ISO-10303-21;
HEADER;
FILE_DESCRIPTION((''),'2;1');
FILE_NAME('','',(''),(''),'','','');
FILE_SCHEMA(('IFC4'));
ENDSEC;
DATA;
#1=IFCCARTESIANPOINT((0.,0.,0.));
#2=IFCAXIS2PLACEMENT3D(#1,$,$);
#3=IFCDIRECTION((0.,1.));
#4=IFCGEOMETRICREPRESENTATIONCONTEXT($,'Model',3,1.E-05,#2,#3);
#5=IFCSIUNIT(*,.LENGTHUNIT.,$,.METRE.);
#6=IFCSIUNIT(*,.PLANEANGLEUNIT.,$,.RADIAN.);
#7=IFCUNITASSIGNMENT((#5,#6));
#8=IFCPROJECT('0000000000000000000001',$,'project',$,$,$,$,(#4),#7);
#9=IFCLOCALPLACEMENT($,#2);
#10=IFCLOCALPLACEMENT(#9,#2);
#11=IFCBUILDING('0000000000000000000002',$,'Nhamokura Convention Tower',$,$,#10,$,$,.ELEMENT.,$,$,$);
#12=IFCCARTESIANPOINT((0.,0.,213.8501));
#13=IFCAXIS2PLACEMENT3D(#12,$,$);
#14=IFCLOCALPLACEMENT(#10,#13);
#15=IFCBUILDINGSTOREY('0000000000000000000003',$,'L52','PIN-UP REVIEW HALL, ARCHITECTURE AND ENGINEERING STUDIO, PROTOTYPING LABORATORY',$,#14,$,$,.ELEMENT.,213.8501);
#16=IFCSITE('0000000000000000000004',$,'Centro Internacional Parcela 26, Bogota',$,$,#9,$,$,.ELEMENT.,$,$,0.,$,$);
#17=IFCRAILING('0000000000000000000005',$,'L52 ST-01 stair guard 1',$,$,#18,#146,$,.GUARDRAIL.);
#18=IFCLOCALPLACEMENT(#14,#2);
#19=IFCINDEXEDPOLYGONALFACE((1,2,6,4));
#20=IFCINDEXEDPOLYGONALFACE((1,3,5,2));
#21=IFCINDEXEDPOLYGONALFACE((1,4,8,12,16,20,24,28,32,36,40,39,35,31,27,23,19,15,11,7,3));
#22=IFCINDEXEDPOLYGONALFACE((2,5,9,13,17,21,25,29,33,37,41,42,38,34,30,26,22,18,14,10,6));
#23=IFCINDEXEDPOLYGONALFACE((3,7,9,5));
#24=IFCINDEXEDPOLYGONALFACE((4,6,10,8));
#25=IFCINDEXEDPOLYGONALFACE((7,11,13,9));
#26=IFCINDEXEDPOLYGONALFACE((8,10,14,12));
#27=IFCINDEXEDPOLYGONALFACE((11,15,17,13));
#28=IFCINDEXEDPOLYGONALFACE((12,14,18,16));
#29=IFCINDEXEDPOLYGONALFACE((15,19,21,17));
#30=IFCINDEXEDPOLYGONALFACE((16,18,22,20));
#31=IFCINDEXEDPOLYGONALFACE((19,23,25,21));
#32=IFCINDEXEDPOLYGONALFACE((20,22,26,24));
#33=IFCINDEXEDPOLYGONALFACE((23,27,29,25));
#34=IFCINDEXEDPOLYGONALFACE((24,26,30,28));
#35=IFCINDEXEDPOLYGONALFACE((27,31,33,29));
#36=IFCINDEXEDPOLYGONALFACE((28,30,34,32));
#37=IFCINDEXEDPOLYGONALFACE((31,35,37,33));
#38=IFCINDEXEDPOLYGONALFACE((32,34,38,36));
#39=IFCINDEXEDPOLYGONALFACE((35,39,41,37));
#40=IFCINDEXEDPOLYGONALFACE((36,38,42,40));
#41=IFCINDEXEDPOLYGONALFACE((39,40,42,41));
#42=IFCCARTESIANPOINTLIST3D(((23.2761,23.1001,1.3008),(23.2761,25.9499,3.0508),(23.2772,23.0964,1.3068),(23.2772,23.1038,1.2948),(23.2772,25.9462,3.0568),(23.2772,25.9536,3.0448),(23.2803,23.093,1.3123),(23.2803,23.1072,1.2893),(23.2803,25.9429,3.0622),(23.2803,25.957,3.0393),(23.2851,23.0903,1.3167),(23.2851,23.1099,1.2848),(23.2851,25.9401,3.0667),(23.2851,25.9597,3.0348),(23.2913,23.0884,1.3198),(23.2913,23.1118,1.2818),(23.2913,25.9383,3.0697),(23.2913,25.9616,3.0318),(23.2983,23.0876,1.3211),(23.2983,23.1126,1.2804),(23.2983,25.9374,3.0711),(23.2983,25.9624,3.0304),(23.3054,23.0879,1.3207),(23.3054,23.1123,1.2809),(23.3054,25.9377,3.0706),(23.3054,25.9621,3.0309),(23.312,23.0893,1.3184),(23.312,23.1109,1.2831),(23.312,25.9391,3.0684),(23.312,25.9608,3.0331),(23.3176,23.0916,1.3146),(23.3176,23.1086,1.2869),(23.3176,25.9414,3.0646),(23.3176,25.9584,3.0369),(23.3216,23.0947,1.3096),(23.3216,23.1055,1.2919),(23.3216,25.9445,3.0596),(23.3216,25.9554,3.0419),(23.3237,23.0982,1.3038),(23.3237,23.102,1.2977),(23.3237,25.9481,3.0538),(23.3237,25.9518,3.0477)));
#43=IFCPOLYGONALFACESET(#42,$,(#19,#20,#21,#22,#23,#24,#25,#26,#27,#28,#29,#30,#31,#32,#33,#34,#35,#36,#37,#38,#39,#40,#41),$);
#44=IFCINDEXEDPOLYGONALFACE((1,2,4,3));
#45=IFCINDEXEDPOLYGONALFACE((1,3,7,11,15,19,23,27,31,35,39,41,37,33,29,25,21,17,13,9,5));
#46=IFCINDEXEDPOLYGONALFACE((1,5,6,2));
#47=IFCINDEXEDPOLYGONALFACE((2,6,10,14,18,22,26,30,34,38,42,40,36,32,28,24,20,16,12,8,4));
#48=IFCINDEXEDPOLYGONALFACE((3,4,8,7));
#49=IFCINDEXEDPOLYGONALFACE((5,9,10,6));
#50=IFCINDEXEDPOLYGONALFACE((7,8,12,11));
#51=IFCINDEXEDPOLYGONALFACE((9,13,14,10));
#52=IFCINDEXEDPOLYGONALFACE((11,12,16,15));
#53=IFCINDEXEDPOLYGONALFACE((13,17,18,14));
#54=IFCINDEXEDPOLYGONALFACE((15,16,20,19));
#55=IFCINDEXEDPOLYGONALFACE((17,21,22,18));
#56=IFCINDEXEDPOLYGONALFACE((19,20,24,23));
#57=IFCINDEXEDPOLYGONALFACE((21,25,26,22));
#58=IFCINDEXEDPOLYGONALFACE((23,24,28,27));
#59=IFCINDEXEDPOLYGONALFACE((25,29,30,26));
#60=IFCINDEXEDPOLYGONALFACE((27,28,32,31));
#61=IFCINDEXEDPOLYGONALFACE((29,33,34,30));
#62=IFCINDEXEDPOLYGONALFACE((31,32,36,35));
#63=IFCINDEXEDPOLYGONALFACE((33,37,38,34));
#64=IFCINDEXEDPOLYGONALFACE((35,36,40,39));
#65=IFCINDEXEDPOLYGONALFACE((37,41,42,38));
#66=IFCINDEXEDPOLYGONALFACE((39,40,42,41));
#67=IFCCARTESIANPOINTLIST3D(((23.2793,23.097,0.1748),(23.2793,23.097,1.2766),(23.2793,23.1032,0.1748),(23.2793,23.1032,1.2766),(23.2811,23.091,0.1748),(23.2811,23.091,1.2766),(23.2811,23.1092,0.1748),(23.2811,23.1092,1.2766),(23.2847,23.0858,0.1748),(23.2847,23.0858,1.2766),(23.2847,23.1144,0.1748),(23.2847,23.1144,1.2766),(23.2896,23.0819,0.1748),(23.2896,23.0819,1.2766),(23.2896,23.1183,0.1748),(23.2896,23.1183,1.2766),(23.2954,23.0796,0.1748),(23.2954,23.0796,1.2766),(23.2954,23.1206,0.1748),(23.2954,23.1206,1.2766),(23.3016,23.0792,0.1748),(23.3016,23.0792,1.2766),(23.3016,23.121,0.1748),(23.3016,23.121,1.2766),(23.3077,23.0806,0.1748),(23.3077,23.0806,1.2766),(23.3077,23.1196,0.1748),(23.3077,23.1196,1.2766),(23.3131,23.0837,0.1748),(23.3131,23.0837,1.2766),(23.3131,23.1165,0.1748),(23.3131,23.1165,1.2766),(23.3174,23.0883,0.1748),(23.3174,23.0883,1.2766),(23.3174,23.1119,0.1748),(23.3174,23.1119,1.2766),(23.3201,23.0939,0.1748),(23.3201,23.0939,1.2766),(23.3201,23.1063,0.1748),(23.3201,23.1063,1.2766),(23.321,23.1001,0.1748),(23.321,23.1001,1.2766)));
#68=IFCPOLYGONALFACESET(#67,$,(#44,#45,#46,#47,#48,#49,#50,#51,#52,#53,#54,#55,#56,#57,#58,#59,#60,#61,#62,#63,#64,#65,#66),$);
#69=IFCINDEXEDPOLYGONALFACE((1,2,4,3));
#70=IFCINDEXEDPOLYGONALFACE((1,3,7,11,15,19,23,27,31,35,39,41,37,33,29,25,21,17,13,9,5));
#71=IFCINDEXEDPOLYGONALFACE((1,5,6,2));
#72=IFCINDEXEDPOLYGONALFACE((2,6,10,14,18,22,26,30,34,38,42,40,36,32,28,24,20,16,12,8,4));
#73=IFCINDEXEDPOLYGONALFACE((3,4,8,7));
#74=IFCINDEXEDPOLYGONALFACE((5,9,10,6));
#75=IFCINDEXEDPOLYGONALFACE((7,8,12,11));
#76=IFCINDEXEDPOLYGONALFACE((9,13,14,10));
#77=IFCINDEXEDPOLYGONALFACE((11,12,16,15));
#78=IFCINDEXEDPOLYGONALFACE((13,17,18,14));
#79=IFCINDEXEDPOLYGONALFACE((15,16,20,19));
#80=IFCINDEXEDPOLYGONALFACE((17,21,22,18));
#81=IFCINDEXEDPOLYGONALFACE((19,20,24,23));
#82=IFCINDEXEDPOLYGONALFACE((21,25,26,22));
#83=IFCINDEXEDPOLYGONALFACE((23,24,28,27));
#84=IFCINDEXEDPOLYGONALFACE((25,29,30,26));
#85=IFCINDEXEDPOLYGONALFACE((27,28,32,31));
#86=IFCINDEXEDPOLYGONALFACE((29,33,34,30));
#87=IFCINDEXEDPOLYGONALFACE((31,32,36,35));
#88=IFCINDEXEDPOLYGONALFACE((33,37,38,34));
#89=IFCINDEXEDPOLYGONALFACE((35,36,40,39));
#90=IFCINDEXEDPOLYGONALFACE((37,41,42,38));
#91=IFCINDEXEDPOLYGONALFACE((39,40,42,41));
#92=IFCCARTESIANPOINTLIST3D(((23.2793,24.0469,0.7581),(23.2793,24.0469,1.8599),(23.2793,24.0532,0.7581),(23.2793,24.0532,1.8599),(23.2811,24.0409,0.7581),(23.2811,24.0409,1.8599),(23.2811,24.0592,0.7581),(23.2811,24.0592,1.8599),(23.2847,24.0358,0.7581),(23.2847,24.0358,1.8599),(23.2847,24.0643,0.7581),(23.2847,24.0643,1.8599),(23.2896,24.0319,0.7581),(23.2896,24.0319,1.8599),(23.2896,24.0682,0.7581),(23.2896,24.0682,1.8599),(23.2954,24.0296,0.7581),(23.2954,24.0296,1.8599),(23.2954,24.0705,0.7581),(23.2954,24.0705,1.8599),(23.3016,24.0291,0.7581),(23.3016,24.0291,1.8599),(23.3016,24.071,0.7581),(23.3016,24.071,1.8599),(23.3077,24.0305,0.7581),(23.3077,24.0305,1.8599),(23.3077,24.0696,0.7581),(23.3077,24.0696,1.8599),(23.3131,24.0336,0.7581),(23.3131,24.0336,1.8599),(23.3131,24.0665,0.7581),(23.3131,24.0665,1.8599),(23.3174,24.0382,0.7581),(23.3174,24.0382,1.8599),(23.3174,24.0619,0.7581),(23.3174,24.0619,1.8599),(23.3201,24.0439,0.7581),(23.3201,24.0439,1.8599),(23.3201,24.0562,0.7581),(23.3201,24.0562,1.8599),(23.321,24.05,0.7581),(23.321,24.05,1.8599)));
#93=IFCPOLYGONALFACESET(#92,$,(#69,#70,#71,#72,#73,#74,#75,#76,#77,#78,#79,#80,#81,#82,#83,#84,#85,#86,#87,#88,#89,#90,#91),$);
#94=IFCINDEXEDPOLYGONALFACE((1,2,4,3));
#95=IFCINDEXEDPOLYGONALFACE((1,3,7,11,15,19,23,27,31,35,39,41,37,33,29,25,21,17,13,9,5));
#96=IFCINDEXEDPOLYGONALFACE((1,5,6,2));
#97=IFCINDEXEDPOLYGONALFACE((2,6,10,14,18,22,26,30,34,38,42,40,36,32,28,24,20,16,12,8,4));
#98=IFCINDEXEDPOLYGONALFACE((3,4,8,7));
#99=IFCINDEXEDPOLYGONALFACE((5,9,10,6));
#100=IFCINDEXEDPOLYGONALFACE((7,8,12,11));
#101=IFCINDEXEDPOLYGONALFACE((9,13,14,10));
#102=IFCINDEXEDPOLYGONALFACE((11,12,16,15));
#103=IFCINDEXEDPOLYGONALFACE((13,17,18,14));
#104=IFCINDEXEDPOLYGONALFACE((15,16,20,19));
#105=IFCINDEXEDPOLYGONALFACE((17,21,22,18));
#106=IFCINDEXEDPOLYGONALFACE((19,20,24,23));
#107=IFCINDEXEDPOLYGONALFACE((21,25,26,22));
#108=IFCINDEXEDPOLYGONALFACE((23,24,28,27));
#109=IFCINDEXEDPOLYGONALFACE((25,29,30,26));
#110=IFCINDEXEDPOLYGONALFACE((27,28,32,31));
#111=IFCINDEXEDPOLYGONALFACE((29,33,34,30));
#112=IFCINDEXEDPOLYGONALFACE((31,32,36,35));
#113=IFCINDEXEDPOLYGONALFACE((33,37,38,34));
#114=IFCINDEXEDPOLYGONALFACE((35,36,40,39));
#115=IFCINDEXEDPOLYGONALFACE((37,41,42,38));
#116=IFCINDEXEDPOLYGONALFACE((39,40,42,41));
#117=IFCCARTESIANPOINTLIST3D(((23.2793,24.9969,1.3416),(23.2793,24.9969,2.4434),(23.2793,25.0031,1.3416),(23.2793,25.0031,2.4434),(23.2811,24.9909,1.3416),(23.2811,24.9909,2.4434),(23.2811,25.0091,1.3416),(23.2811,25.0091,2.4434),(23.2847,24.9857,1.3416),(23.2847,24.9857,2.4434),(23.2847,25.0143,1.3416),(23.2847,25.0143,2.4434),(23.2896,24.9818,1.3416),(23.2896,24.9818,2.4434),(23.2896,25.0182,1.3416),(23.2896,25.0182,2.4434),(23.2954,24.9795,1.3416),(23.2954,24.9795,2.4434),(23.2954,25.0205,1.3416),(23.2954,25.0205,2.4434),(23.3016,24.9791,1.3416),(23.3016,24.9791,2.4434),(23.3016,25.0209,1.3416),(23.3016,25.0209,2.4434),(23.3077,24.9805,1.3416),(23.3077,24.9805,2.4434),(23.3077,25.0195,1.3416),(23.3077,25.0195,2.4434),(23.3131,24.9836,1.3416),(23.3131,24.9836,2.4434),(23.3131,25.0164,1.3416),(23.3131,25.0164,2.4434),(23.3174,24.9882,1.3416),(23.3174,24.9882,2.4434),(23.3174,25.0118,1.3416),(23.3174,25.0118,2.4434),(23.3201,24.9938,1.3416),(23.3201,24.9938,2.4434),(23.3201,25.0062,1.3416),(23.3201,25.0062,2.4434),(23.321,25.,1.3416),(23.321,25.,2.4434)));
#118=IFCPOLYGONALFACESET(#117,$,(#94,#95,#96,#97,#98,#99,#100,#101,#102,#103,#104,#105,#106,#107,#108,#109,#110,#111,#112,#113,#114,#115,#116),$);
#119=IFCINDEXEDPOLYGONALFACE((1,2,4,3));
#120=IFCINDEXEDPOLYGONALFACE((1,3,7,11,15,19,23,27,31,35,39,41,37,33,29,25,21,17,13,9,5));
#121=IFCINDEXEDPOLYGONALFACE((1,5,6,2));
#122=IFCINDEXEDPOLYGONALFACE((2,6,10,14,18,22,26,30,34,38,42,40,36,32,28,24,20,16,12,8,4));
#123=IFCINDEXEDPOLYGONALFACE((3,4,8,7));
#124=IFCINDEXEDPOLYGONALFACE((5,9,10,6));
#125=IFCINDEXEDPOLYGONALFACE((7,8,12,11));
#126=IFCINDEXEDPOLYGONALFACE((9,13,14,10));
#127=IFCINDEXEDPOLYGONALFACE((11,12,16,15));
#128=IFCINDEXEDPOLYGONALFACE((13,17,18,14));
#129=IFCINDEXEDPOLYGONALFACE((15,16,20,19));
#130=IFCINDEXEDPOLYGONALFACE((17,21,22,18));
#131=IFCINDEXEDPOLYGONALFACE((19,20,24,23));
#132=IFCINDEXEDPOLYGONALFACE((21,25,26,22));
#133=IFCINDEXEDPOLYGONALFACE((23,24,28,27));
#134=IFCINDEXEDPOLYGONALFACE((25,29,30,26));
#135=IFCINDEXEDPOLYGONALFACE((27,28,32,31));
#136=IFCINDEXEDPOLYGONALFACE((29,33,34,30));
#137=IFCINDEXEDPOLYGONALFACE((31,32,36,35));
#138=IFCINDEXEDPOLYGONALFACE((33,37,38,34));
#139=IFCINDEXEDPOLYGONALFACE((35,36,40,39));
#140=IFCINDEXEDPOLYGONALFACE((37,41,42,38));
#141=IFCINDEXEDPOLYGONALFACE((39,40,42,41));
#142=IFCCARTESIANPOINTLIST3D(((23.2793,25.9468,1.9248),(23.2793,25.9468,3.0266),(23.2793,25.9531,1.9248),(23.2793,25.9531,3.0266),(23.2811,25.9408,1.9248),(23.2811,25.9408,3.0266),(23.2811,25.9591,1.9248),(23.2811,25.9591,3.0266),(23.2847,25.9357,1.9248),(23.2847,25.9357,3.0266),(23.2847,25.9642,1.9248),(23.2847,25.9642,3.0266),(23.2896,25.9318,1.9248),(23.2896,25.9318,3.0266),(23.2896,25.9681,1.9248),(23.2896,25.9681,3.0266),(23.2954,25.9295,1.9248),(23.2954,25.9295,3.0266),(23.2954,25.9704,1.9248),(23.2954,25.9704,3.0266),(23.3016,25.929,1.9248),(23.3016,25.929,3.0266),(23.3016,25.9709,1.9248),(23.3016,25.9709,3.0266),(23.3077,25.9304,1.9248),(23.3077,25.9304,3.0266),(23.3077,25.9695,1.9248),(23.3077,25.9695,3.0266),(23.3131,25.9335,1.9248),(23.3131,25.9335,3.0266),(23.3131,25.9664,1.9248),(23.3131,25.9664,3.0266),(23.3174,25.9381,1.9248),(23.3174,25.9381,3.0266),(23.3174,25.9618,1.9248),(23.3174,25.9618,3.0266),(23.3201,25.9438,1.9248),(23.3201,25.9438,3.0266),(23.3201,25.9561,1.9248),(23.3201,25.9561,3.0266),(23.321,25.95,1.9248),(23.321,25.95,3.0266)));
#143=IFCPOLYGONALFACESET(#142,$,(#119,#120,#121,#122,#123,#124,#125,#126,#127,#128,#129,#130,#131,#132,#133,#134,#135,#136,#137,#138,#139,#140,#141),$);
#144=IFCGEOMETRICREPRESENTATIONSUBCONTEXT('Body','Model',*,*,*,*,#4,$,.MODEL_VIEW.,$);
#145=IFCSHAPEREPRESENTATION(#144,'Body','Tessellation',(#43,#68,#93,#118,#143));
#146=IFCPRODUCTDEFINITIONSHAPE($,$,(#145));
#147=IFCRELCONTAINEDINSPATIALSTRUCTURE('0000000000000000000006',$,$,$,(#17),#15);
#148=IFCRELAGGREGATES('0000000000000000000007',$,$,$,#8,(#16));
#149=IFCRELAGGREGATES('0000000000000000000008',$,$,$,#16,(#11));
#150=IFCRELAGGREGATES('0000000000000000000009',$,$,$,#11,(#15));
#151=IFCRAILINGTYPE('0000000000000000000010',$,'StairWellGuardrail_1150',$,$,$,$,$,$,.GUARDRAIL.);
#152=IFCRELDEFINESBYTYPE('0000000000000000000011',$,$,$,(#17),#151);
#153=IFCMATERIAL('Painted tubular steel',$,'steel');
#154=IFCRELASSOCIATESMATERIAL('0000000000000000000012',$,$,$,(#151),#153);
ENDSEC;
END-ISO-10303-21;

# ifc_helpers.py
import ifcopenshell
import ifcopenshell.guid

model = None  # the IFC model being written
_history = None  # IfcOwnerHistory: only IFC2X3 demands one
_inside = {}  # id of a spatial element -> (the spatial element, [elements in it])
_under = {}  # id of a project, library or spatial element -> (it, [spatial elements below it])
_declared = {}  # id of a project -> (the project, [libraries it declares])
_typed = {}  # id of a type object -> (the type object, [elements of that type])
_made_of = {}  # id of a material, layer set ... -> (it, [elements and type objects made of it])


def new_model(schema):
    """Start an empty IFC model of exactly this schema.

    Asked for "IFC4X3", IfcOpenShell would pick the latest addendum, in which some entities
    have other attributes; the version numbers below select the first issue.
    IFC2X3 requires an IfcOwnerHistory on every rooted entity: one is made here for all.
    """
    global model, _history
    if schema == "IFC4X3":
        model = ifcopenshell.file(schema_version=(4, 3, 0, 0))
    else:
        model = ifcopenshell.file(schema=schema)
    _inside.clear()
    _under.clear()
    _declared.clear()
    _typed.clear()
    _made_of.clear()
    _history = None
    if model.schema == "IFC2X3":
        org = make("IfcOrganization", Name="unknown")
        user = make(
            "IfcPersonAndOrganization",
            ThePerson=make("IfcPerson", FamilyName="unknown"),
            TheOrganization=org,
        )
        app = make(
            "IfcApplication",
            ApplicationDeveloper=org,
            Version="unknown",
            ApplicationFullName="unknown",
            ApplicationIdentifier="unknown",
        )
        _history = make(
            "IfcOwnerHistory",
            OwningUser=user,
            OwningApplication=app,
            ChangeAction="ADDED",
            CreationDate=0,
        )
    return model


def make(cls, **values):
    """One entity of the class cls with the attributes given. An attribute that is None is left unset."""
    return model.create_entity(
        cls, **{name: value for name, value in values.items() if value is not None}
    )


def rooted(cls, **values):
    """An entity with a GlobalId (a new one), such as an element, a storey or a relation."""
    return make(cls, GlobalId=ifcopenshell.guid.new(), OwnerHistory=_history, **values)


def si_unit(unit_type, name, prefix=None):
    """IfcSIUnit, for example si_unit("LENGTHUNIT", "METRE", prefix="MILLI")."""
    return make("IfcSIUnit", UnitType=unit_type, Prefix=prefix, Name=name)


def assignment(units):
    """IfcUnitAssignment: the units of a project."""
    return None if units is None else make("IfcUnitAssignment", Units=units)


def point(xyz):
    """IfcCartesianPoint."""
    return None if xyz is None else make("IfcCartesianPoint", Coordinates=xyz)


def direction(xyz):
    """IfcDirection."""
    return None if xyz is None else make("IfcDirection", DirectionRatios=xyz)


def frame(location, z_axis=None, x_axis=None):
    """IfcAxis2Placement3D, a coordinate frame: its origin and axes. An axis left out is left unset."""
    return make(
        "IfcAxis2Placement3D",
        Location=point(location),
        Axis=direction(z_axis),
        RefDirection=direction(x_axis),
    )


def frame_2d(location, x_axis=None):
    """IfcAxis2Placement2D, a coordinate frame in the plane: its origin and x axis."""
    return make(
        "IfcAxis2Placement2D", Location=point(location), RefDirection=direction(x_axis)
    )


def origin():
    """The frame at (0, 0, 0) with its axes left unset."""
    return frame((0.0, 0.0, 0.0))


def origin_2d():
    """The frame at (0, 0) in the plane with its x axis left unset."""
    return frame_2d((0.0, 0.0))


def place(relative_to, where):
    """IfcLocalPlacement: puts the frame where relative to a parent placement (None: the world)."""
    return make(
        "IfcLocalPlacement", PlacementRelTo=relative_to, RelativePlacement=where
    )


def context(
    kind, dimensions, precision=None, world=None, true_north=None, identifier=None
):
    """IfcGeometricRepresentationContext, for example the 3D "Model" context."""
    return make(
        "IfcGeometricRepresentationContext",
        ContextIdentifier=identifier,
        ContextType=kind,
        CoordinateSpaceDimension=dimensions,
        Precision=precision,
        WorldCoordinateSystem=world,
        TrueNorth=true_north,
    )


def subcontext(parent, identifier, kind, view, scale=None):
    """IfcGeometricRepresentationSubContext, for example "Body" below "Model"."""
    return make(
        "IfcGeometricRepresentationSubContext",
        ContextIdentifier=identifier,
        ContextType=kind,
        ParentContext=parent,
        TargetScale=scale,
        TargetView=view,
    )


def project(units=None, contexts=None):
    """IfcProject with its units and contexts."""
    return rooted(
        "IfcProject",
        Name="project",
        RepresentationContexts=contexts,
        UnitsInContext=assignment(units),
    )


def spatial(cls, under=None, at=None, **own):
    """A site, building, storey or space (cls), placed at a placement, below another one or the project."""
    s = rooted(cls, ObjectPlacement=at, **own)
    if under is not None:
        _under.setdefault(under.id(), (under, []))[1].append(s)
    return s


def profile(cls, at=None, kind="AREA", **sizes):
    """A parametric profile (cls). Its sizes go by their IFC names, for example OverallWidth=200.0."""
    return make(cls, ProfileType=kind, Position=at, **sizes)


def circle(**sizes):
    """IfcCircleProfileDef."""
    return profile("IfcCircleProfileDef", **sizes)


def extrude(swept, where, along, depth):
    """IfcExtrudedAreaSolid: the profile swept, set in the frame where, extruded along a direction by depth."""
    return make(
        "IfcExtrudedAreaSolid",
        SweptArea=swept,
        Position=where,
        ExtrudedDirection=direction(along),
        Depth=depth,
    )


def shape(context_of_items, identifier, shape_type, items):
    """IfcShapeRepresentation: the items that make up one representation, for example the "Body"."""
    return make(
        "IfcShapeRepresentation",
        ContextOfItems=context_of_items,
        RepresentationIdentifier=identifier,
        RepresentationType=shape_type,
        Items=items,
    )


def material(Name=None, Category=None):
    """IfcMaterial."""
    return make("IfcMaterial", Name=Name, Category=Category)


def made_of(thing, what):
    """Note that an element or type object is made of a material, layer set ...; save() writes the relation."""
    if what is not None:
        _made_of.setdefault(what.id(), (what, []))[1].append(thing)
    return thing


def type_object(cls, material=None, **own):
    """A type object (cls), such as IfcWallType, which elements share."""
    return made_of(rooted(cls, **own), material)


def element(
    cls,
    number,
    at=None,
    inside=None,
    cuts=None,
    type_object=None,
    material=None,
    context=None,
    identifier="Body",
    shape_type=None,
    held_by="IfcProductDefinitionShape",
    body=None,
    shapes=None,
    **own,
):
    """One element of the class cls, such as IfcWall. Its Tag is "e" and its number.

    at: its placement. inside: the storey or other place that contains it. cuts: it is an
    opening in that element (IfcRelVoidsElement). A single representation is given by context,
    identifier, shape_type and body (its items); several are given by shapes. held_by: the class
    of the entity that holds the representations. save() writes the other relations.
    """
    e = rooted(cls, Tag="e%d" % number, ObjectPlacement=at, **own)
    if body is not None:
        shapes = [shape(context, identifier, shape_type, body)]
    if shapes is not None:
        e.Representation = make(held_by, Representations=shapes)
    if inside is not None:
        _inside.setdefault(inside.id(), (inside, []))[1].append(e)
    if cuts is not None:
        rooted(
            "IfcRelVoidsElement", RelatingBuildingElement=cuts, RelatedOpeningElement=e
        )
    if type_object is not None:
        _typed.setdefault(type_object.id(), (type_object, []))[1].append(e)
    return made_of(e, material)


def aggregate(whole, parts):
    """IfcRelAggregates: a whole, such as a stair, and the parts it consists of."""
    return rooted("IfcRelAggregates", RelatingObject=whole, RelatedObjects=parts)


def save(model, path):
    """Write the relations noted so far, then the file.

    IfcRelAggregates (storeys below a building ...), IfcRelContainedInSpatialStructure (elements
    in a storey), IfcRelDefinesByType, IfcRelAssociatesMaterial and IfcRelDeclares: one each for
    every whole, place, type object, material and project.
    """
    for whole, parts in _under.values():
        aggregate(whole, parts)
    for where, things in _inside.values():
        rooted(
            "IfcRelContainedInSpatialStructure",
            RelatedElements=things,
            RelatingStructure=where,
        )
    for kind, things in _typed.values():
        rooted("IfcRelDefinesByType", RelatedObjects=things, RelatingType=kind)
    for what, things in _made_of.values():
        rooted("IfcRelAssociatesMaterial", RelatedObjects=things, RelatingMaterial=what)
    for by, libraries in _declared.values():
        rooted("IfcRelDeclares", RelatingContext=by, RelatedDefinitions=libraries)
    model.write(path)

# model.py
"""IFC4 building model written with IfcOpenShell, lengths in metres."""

from ifc_helpers import new_model, si_unit, direction, frame, origin, origin_2d, place, context, subcontext, project, spatial, circle, extrude, material, type_object, element, save


model = new_model("IFC4")

# Units and contexts
model_context = context("Model", 3, precision=1e-05, world=origin(), true_north=direction((0.0, 1.0)))
body_context = subcontext(model_context, "Body", "Model", "MODEL_VIEW")
ifc_project = project(units=[si_unit("LENGTHUNIT", "METRE"), si_unit("PLANEANGLEUNIT", "RADIAN")], contexts=[model_context])

# Site, building, storey
site_placement = place(None, origin())
site = spatial("IfcSite", under=ifc_project, at=site_placement, Name="Centro Internacional Parcela 26, Bogota", CompositionType="ELEMENT", RefElevation=0.0)
building_placement = place(site_placement, origin())
building = spatial("IfcBuilding", under=site, at=building_placement, Name="Nhamokura Convention Tower", CompositionType="ELEMENT")
storey_placement = place(building_placement, frame((0.0, 0.0, 213.8501)))
storey = spatial("IfcBuildingStorey", under=building, at=storey_placement, Name="L52", Description="PIN-UP REVIEW HALL, ARCHITECTURE AND ENGINEERING STUDIO, PROTOTYPING LABORATORY", CompositionType="ELEMENT", Elevation=213.8501)

# Railing
ifc_material_1 = material(Name="Painted tubular steel", Category="steel")
railing_type_1 = type_object("IfcRailingType", Name="StairWellGuardrail_1150", PredefinedType="GUARDRAIL", material=ifc_material_1)
railing_1_placement = place(storey_placement, frame((23.3, 23.1001, 0.1748)))
element("IfcRailing", 1, at=railing_1_placement, inside=storey, type_object=railing_type_1, Name="L52 ST-01 stair guard 1", PredefinedType="GUARDRAIL", context=body_context, shape_type="SweptSolid", body=[
    extrude(circle(Radius=0.0239, at=origin_2d()), frame((0.0, 0.0, 1.126), z_axis=(0.0, 0.852159, 0.523283), x_axis=(-1.0, 0.0, 0.0)), (0.0, 0.0, 1.0), 3.3442),
    extrude(circle(Radius=0.021, at=origin_2d()), origin(), (0.0, 0.0, 1.0), 1.1018),
    extrude(circle(Radius=0.021, at=origin_2d()), frame((0.0, 0.95, 0.5833)), (0.0, 0.0, 1.0), 1.1018),
    extrude(circle(Radius=0.021, at=origin_2d()), frame((0.0, 1.8999, 1.1667)), (0.0, 0.0, 1.0), 1.1018),
    extrude(circle(Radius=0.021, at=origin_2d()), frame((0.0, 2.8499, 1.75)), (0.0, 0.0, 1.0), 1.1018),
])

save(model, "model.ifc")
